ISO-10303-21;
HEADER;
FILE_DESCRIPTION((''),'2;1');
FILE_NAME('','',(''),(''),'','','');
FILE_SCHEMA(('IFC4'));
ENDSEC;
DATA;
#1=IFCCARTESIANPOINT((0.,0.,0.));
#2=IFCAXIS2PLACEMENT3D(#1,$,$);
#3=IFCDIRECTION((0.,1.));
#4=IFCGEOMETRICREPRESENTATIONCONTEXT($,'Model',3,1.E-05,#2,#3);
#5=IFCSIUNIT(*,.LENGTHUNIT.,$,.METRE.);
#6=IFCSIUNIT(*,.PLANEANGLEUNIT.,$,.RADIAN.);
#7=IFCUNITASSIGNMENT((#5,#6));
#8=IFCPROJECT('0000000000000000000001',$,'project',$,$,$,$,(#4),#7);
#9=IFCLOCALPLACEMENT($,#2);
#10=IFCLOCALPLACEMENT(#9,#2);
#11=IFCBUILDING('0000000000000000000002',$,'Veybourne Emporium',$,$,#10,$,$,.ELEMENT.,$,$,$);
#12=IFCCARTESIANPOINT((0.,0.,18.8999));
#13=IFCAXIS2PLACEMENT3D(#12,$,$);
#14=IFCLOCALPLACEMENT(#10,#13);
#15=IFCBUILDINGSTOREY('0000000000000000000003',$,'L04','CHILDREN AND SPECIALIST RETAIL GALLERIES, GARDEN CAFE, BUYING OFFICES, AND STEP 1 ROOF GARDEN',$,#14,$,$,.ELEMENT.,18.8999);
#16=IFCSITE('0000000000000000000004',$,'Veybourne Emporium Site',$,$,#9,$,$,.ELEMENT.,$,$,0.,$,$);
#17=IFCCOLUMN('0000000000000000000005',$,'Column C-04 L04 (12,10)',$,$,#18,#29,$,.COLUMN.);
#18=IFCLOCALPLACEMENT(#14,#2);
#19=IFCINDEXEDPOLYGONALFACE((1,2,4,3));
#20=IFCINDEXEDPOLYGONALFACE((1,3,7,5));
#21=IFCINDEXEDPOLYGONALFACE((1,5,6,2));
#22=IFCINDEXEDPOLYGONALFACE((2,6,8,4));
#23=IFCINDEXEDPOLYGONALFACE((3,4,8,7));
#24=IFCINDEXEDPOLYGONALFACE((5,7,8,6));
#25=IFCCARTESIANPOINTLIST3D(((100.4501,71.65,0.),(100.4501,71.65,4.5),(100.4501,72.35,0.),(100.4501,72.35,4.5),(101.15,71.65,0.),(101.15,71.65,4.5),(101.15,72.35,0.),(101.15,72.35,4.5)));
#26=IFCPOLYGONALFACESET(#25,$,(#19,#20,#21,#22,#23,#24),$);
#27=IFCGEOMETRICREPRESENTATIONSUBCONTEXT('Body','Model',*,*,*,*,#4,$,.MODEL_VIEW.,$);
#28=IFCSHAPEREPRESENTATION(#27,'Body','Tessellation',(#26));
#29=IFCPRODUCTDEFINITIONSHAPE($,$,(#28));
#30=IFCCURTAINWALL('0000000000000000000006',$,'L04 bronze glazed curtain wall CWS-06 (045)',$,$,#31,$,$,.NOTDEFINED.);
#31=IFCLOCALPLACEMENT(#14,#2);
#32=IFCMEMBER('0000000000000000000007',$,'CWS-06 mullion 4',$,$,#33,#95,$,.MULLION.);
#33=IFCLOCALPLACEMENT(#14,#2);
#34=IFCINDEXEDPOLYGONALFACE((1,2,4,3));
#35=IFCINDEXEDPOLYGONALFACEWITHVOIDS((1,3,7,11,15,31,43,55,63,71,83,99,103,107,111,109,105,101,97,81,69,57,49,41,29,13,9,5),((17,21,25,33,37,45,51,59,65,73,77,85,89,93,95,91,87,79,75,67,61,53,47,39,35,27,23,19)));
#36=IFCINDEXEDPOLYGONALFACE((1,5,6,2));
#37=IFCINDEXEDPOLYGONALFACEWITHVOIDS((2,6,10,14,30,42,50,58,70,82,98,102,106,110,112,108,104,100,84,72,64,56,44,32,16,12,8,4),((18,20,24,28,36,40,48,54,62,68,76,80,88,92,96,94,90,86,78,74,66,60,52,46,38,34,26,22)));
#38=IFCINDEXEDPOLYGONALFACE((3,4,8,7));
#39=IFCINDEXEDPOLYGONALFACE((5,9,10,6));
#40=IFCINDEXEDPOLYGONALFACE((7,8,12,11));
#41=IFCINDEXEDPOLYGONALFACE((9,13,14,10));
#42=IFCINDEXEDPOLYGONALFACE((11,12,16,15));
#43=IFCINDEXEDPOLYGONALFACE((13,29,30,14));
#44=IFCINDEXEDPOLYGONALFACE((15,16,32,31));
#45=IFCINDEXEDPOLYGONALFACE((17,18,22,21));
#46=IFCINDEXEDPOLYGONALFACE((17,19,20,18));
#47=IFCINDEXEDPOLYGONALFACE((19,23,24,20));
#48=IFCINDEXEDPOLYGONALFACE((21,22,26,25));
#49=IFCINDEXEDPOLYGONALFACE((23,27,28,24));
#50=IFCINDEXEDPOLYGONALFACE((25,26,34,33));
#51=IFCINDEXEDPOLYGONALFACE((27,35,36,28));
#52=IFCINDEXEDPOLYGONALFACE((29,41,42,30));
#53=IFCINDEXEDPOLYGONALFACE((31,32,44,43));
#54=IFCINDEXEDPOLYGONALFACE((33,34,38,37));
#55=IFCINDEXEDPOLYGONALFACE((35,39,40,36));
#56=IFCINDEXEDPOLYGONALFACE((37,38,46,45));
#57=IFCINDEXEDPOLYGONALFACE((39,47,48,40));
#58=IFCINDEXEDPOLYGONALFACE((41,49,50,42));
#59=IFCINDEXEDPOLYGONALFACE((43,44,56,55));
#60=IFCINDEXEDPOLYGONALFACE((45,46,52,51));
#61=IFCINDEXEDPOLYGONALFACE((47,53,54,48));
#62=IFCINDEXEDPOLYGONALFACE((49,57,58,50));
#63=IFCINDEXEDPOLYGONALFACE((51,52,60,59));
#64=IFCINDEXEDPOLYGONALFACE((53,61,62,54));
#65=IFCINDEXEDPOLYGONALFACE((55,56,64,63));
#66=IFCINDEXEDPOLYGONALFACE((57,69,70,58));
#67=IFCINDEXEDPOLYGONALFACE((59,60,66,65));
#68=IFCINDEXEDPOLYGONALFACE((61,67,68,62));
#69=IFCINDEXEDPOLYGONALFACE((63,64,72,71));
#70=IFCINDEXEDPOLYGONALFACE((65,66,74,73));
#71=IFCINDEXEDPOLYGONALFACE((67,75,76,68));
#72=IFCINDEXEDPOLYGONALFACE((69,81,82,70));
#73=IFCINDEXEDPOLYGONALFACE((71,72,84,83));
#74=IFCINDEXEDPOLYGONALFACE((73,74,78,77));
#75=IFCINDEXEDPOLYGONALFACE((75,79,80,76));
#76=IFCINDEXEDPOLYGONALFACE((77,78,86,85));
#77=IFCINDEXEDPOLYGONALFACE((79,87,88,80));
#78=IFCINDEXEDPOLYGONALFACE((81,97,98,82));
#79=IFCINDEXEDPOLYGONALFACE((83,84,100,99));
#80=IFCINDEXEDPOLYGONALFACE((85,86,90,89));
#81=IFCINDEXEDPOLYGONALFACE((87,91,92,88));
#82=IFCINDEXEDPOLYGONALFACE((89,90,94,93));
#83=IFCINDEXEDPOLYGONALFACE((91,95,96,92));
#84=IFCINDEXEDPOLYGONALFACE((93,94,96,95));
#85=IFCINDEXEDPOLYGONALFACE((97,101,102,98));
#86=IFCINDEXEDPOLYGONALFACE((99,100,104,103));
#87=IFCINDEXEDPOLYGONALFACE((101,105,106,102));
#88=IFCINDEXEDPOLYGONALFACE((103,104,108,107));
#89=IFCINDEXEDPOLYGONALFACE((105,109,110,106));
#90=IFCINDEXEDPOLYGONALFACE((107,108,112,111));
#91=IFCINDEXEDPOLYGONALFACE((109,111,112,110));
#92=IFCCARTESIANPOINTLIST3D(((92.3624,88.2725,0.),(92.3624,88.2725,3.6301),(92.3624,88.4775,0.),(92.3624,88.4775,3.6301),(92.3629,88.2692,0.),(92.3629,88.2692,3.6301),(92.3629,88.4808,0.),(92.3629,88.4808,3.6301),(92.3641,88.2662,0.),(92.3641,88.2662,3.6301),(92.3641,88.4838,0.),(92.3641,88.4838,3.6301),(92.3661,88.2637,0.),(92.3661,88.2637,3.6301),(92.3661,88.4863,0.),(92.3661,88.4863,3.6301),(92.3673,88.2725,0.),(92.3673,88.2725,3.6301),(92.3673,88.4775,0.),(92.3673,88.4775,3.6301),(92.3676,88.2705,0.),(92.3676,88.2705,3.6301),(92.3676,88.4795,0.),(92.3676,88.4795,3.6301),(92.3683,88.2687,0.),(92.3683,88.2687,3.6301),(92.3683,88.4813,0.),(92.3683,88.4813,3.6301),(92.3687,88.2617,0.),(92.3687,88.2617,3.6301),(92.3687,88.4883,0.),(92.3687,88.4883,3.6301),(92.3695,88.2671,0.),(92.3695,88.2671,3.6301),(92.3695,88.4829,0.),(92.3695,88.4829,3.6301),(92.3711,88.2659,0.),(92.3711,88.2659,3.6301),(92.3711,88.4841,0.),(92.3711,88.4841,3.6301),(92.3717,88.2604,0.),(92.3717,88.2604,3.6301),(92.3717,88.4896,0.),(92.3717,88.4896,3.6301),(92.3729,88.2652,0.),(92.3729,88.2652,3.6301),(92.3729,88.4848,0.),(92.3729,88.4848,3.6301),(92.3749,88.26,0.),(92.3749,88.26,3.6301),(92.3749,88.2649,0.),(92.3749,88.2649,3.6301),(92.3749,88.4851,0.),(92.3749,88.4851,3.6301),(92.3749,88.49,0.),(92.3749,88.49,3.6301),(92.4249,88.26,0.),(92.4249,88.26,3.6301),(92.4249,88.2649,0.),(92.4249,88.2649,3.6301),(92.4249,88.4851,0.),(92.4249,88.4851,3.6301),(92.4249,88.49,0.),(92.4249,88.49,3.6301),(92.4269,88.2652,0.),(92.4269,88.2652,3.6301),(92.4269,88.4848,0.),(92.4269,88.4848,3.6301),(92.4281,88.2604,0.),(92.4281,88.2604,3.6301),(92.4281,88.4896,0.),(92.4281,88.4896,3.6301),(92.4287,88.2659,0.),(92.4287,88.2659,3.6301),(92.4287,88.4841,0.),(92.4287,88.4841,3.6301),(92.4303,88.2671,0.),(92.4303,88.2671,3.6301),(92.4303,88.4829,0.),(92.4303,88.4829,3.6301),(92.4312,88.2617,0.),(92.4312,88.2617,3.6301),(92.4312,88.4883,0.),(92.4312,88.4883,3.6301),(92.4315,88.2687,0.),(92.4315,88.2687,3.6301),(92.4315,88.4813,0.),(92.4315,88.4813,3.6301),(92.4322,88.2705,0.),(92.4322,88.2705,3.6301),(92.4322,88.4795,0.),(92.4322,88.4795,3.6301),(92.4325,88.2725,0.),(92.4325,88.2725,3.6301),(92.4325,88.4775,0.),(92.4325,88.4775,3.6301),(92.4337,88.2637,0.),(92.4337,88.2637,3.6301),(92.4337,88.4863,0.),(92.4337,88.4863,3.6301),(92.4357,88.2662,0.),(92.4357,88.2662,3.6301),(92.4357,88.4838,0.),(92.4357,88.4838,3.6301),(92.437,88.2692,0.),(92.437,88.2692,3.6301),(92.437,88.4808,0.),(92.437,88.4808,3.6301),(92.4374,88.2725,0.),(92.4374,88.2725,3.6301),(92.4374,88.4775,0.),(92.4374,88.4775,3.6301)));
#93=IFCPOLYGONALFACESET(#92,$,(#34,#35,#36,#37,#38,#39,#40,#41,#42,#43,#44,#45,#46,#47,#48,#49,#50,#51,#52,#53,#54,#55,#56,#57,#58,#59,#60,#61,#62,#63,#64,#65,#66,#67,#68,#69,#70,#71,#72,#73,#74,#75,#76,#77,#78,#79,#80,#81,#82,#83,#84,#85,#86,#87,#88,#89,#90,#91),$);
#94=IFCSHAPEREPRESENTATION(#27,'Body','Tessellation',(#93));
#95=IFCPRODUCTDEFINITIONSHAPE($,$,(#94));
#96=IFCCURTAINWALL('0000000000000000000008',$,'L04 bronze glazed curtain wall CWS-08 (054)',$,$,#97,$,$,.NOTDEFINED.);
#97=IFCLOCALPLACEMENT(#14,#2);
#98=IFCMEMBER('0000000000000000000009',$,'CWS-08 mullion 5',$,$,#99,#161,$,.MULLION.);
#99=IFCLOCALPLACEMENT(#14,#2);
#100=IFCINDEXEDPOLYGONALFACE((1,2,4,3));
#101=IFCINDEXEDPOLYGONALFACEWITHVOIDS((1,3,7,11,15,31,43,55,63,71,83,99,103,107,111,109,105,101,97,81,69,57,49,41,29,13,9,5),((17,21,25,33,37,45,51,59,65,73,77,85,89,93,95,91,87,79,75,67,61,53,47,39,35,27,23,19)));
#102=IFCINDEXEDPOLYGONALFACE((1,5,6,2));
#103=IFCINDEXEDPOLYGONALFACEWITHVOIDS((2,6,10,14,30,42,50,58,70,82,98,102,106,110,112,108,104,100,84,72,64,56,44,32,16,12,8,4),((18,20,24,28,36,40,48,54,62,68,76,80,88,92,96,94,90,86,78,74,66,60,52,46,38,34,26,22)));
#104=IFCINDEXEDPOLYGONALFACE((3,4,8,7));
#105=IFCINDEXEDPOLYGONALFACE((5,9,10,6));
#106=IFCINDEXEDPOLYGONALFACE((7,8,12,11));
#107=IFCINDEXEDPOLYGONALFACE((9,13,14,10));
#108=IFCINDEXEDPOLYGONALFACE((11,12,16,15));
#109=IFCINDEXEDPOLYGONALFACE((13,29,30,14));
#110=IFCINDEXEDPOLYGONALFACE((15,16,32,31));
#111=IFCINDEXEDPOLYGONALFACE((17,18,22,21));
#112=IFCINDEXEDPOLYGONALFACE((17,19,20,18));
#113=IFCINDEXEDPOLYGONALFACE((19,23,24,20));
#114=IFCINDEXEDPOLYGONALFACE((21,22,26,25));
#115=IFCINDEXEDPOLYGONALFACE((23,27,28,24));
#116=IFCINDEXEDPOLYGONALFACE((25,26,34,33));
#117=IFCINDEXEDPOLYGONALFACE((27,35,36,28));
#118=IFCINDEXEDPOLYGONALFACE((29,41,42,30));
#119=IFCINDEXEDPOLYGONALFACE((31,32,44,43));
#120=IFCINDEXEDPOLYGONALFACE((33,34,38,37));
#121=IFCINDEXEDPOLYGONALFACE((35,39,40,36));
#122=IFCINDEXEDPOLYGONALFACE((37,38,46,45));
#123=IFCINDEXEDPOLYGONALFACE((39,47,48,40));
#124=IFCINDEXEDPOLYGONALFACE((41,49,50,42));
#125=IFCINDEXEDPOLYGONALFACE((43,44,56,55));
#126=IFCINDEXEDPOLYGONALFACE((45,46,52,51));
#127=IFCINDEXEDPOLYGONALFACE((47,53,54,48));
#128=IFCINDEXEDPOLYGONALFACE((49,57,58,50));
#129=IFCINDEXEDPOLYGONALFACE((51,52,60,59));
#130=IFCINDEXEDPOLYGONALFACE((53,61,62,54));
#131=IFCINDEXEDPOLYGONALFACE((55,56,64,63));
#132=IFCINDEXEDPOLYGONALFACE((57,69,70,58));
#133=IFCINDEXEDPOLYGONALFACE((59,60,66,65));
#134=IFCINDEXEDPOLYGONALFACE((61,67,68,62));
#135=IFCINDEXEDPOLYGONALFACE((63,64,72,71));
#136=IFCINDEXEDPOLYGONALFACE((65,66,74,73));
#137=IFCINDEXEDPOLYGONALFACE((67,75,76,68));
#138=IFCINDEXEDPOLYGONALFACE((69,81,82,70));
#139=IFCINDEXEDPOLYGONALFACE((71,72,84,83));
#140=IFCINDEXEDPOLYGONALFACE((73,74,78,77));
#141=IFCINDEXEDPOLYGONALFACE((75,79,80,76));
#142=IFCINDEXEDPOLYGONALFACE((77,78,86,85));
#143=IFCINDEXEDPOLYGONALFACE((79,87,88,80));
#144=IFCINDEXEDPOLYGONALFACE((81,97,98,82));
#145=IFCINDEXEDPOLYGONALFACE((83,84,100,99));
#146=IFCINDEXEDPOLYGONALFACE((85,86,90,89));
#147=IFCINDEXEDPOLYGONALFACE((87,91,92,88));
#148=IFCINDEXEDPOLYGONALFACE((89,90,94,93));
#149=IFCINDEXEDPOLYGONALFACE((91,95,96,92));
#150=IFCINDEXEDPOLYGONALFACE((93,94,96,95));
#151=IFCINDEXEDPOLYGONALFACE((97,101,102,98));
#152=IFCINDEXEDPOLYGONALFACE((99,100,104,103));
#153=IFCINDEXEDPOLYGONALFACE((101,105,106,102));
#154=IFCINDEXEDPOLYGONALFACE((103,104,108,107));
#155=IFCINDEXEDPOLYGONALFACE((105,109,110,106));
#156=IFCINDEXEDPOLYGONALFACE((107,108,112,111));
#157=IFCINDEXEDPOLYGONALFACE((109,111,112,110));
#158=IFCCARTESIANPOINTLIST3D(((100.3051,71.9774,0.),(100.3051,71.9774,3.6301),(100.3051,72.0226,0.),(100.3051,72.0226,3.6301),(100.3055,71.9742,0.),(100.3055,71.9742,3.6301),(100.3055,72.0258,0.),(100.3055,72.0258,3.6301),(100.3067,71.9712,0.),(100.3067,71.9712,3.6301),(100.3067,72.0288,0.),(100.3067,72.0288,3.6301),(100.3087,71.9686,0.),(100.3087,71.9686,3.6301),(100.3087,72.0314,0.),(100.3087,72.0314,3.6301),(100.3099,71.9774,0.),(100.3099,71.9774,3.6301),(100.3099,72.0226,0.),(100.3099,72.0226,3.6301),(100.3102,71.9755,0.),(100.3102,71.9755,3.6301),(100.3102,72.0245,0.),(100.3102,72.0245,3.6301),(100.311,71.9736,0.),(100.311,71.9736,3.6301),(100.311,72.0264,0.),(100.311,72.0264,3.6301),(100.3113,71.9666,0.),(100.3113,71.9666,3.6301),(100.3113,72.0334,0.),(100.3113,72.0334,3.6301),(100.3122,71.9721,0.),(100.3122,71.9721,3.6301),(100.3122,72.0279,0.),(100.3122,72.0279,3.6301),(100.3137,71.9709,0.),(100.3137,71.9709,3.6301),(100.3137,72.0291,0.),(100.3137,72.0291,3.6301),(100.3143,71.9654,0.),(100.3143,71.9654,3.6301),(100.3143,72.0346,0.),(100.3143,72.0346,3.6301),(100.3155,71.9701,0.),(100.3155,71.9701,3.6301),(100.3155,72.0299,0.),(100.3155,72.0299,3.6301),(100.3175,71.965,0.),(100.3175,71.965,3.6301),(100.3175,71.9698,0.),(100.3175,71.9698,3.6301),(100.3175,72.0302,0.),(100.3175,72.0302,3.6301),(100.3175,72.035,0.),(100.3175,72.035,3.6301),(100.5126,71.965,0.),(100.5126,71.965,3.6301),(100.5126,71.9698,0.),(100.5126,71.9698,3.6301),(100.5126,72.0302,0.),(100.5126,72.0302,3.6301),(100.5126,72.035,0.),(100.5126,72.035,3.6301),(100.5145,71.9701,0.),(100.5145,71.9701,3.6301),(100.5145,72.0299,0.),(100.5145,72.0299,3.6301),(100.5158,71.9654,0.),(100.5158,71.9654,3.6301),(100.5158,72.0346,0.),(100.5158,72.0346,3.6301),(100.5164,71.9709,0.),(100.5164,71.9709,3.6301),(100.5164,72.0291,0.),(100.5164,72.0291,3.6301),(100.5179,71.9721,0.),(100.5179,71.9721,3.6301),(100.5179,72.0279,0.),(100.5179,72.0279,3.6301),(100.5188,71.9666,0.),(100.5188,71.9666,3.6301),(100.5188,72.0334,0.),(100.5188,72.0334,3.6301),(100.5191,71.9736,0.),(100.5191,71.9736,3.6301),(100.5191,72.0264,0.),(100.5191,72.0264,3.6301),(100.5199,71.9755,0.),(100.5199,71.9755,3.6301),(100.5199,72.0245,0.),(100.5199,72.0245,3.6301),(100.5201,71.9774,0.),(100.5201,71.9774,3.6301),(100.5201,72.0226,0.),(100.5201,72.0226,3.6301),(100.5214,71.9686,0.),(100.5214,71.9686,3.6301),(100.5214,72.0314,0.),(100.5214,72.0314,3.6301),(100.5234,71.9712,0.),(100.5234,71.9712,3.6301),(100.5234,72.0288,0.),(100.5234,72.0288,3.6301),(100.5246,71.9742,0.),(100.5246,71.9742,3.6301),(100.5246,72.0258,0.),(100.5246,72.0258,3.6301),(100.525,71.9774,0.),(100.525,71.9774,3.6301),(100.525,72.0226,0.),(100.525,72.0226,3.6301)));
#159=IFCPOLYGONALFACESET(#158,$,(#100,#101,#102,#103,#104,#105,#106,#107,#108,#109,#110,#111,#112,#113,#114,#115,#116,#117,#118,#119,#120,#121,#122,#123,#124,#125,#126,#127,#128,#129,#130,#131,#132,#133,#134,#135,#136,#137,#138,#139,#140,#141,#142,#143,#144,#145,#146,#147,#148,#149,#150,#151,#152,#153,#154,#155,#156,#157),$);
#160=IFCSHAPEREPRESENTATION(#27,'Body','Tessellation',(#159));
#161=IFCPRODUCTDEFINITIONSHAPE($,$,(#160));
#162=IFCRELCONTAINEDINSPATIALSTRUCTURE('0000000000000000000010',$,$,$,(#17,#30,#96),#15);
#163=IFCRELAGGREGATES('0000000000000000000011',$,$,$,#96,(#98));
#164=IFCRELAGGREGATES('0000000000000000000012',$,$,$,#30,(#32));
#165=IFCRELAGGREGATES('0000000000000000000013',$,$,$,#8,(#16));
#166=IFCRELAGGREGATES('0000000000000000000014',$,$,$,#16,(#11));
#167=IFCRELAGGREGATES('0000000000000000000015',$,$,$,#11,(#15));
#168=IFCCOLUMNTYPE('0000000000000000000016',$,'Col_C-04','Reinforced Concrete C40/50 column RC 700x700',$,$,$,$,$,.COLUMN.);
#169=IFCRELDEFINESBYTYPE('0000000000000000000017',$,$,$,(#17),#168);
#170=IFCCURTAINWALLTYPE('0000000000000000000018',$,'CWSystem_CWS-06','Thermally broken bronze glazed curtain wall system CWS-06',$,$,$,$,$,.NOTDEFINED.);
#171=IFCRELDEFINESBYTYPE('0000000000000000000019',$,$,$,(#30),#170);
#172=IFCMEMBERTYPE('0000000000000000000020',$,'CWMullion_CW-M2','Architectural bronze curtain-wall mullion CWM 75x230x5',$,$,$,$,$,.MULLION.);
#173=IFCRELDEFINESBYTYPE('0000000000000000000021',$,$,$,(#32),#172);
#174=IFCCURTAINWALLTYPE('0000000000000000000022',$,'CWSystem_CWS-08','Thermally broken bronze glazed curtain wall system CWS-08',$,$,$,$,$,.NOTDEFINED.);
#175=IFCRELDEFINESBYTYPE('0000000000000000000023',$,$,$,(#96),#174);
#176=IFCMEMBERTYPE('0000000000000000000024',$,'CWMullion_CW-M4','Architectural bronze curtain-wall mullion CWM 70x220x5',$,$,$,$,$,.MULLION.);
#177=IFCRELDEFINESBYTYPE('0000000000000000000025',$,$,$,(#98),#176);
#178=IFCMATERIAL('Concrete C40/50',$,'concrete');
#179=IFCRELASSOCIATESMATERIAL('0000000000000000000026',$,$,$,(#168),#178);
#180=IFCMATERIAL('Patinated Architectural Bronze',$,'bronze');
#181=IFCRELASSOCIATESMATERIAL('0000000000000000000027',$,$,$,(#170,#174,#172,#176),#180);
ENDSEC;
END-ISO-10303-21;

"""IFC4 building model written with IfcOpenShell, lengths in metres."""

from ifc_helpers import new_model, si_unit, direction, frame, origin, origin_2d, place, context, subcontext, project, spatial, rectangle, hollow_rectangle, extrude, material, material_profile, profile_set, type_object, element, aggregate, save


model = new_model("IFC4")

# Units and contexts
model_context = context("Model", 3, precision=1e-05, world=origin(), true_north=direction((0.0, 1.0)))
body_context = subcontext(model_context, "Body", "Model", "MODEL_VIEW")
ifc_project = project(units=[si_unit("LENGTHUNIT", "METRE"), si_unit("PLANEANGLEUNIT", "RADIAN")], contexts=[model_context])

# Site, building, storey
site_placement = place(None, origin())
site = spatial("IfcSite", under=ifc_project, at=site_placement, Name="Veybourne Emporium Site", CompositionType="ELEMENT", RefElevation=0.0)
building_placement = place(site_placement, origin())
building = spatial("IfcBuilding", under=site, at=building_placement, Name="Veybourne Emporium", CompositionType="ELEMENT")
storey_placement = place(building_placement, frame((0.0, 0.0, 18.8999)))
storey = spatial("IfcBuildingStorey", under=building, at=storey_placement, Name="L04", Description="CHILDREN AND SPECIALIST RETAIL GALLERIES, GARDEN CAFE, BUYING OFFICES, AND STEP 1 ROOF GARDEN", CompositionType="ELEMENT", Elevation=18.8999)

# Column
ifc_material_1 = material(Name="Concrete C40/50", Category="concrete")
ifc_material_profile_1 = material_profile(ifc_material_1, rectangle(XDim=0.7, YDim=0.7, at=origin_2d()), Name="RC 700x700")
ifc_profile_set_1 = profile_set([ifc_material_profile_1], Name="Concrete C40/50")
column_type = type_object("IfcColumnType", Name="Col_C-04", Description="Reinforced Concrete C40/50 column RC 700x700", PredefinedType="COLUMN", material=ifc_profile_set_1)
column_placement = place(storey_placement, frame((100.8, 72.0, 0.0), z_axis=(0.0, 0.0, 1.0), x_axis=(1.0, 0.0, 0.0)))
element("IfcColumn", 1, at=column_placement, inside=storey, type_object=column_type, Name="Column C-04 L04 (12,10)", PredefinedType="COLUMN", context=body_context, shape_type="SweptSolid", body=[
    extrude(rectangle(XDim=0.7, YDim=0.7, at=origin_2d()), origin(), (0.0, 0.0, 1.0), 4.5),
])

# Curtain walls, members
ifc_material_2 = material(Name="Patinated Architectural Bronze", Category="bronze")
curtain_wall_type_1 = type_object("IfcCurtainWallType", Name="CWSystem_CWS-06", Description="Thermally broken bronze glazed curtain wall system CWS-06", PredefinedType="NOTDEFINED", material=ifc_material_2)
curtain_wall_1_placement = place(storey_placement, origin())
curtain_wall_1 = element("IfcCurtainWall", 2, at=curtain_wall_1_placement, inside=storey, type_object=curtain_wall_type_1, Name="L04 bronze glazed curtain wall CWS-06 (045)", PredefinedType="NOTDEFINED")
ifc_material_profile_2 = material_profile(ifc_material_2, hollow_rectangle(XDim=0.075, YDim=0.23, WallThickness=0.0049, InnerFilletRadius=0.0076, OuterFilletRadius=0.0125, at=origin_2d()), Name="CWM 75x230x5")
ifc_profile_set_2 = profile_set([ifc_material_profile_2], Name="Patinated Architectural Bronze")
member_type_1 = type_object("IfcMemberType", Name="CWMullion_CW-M2", Description="Architectural bronze curtain-wall mullion CWM 75x230x5", PredefinedType="MULLION", material=ifc_profile_set_2)
member_1_placement = place(storey_placement, frame((92.3999, 88.375, 0.0), z_axis=(0.0, 0.0, 1.0), x_axis=(1.0, 0.0, 0.0)))
member_1 = element("IfcMember", 3, at=member_1_placement, type_object=member_type_1, Name="CWS-06 mullion 4", PredefinedType="MULLION", context=body_context, shape_type="SweptSolid", body=[
    extrude(hollow_rectangle(XDim=0.075, YDim=0.23, WallThickness=0.0049, InnerFilletRadius=0.0076, OuterFilletRadius=0.0125, at=origin_2d()), origin(), (0.0, 0.0, 1.0), 3.6301),
])
curtain_wall_type_2 = type_object("IfcCurtainWallType", Name="CWSystem_CWS-08", Description="Thermally broken bronze glazed curtain wall system CWS-08", PredefinedType="NOTDEFINED", material=ifc_material_2)
curtain_wall_2_placement = place(storey_placement, origin())
curtain_wall_2 = element("IfcCurtainWall", 4, at=curtain_wall_2_placement, inside=storey, type_object=curtain_wall_type_2, Name="L04 bronze glazed curtain wall CWS-08 (054)", PredefinedType="NOTDEFINED")
ifc_material_profile_3 = material_profile(ifc_material_2, hollow_rectangle(XDim=0.0701, YDim=0.22, WallThickness=0.0049, InnerFilletRadius=0.0076, OuterFilletRadius=0.0125, at=origin_2d()), Name="CWM 70x220x5")
ifc_profile_set_3 = profile_set([ifc_material_profile_3], Name="Patinated Architectural Bronze")
member_type_2 = type_object("IfcMemberType", Name="CWMullion_CW-M4", Description="Architectural bronze curtain-wall mullion CWM 70x220x5", PredefinedType="MULLION", material=ifc_profile_set_3)
member_2_placement = place(storey_placement, frame((100.415, 72.0, 0.0), z_axis=(0.0, 0.0, 1.0), x_axis=(0.0, 1.0, 0.0)))
member_2 = element("IfcMember", 5, at=member_2_placement, type_object=member_type_2, Name="CWS-08 mullion 5", PredefinedType="MULLION", context=body_context, shape_type="SweptSolid", body=[
    extrude(hollow_rectangle(XDim=0.0701, YDim=0.22, WallThickness=0.0049, InnerFilletRadius=0.0076, OuterFilletRadius=0.0125, at=origin_2d()), origin(), (0.0, 0.0, 1.0), 3.6301),
])
aggregate(curtain_wall_2, [member_2])

aggregate(curtain_wall_1, [member_1])

save(model, "model.ifc")
